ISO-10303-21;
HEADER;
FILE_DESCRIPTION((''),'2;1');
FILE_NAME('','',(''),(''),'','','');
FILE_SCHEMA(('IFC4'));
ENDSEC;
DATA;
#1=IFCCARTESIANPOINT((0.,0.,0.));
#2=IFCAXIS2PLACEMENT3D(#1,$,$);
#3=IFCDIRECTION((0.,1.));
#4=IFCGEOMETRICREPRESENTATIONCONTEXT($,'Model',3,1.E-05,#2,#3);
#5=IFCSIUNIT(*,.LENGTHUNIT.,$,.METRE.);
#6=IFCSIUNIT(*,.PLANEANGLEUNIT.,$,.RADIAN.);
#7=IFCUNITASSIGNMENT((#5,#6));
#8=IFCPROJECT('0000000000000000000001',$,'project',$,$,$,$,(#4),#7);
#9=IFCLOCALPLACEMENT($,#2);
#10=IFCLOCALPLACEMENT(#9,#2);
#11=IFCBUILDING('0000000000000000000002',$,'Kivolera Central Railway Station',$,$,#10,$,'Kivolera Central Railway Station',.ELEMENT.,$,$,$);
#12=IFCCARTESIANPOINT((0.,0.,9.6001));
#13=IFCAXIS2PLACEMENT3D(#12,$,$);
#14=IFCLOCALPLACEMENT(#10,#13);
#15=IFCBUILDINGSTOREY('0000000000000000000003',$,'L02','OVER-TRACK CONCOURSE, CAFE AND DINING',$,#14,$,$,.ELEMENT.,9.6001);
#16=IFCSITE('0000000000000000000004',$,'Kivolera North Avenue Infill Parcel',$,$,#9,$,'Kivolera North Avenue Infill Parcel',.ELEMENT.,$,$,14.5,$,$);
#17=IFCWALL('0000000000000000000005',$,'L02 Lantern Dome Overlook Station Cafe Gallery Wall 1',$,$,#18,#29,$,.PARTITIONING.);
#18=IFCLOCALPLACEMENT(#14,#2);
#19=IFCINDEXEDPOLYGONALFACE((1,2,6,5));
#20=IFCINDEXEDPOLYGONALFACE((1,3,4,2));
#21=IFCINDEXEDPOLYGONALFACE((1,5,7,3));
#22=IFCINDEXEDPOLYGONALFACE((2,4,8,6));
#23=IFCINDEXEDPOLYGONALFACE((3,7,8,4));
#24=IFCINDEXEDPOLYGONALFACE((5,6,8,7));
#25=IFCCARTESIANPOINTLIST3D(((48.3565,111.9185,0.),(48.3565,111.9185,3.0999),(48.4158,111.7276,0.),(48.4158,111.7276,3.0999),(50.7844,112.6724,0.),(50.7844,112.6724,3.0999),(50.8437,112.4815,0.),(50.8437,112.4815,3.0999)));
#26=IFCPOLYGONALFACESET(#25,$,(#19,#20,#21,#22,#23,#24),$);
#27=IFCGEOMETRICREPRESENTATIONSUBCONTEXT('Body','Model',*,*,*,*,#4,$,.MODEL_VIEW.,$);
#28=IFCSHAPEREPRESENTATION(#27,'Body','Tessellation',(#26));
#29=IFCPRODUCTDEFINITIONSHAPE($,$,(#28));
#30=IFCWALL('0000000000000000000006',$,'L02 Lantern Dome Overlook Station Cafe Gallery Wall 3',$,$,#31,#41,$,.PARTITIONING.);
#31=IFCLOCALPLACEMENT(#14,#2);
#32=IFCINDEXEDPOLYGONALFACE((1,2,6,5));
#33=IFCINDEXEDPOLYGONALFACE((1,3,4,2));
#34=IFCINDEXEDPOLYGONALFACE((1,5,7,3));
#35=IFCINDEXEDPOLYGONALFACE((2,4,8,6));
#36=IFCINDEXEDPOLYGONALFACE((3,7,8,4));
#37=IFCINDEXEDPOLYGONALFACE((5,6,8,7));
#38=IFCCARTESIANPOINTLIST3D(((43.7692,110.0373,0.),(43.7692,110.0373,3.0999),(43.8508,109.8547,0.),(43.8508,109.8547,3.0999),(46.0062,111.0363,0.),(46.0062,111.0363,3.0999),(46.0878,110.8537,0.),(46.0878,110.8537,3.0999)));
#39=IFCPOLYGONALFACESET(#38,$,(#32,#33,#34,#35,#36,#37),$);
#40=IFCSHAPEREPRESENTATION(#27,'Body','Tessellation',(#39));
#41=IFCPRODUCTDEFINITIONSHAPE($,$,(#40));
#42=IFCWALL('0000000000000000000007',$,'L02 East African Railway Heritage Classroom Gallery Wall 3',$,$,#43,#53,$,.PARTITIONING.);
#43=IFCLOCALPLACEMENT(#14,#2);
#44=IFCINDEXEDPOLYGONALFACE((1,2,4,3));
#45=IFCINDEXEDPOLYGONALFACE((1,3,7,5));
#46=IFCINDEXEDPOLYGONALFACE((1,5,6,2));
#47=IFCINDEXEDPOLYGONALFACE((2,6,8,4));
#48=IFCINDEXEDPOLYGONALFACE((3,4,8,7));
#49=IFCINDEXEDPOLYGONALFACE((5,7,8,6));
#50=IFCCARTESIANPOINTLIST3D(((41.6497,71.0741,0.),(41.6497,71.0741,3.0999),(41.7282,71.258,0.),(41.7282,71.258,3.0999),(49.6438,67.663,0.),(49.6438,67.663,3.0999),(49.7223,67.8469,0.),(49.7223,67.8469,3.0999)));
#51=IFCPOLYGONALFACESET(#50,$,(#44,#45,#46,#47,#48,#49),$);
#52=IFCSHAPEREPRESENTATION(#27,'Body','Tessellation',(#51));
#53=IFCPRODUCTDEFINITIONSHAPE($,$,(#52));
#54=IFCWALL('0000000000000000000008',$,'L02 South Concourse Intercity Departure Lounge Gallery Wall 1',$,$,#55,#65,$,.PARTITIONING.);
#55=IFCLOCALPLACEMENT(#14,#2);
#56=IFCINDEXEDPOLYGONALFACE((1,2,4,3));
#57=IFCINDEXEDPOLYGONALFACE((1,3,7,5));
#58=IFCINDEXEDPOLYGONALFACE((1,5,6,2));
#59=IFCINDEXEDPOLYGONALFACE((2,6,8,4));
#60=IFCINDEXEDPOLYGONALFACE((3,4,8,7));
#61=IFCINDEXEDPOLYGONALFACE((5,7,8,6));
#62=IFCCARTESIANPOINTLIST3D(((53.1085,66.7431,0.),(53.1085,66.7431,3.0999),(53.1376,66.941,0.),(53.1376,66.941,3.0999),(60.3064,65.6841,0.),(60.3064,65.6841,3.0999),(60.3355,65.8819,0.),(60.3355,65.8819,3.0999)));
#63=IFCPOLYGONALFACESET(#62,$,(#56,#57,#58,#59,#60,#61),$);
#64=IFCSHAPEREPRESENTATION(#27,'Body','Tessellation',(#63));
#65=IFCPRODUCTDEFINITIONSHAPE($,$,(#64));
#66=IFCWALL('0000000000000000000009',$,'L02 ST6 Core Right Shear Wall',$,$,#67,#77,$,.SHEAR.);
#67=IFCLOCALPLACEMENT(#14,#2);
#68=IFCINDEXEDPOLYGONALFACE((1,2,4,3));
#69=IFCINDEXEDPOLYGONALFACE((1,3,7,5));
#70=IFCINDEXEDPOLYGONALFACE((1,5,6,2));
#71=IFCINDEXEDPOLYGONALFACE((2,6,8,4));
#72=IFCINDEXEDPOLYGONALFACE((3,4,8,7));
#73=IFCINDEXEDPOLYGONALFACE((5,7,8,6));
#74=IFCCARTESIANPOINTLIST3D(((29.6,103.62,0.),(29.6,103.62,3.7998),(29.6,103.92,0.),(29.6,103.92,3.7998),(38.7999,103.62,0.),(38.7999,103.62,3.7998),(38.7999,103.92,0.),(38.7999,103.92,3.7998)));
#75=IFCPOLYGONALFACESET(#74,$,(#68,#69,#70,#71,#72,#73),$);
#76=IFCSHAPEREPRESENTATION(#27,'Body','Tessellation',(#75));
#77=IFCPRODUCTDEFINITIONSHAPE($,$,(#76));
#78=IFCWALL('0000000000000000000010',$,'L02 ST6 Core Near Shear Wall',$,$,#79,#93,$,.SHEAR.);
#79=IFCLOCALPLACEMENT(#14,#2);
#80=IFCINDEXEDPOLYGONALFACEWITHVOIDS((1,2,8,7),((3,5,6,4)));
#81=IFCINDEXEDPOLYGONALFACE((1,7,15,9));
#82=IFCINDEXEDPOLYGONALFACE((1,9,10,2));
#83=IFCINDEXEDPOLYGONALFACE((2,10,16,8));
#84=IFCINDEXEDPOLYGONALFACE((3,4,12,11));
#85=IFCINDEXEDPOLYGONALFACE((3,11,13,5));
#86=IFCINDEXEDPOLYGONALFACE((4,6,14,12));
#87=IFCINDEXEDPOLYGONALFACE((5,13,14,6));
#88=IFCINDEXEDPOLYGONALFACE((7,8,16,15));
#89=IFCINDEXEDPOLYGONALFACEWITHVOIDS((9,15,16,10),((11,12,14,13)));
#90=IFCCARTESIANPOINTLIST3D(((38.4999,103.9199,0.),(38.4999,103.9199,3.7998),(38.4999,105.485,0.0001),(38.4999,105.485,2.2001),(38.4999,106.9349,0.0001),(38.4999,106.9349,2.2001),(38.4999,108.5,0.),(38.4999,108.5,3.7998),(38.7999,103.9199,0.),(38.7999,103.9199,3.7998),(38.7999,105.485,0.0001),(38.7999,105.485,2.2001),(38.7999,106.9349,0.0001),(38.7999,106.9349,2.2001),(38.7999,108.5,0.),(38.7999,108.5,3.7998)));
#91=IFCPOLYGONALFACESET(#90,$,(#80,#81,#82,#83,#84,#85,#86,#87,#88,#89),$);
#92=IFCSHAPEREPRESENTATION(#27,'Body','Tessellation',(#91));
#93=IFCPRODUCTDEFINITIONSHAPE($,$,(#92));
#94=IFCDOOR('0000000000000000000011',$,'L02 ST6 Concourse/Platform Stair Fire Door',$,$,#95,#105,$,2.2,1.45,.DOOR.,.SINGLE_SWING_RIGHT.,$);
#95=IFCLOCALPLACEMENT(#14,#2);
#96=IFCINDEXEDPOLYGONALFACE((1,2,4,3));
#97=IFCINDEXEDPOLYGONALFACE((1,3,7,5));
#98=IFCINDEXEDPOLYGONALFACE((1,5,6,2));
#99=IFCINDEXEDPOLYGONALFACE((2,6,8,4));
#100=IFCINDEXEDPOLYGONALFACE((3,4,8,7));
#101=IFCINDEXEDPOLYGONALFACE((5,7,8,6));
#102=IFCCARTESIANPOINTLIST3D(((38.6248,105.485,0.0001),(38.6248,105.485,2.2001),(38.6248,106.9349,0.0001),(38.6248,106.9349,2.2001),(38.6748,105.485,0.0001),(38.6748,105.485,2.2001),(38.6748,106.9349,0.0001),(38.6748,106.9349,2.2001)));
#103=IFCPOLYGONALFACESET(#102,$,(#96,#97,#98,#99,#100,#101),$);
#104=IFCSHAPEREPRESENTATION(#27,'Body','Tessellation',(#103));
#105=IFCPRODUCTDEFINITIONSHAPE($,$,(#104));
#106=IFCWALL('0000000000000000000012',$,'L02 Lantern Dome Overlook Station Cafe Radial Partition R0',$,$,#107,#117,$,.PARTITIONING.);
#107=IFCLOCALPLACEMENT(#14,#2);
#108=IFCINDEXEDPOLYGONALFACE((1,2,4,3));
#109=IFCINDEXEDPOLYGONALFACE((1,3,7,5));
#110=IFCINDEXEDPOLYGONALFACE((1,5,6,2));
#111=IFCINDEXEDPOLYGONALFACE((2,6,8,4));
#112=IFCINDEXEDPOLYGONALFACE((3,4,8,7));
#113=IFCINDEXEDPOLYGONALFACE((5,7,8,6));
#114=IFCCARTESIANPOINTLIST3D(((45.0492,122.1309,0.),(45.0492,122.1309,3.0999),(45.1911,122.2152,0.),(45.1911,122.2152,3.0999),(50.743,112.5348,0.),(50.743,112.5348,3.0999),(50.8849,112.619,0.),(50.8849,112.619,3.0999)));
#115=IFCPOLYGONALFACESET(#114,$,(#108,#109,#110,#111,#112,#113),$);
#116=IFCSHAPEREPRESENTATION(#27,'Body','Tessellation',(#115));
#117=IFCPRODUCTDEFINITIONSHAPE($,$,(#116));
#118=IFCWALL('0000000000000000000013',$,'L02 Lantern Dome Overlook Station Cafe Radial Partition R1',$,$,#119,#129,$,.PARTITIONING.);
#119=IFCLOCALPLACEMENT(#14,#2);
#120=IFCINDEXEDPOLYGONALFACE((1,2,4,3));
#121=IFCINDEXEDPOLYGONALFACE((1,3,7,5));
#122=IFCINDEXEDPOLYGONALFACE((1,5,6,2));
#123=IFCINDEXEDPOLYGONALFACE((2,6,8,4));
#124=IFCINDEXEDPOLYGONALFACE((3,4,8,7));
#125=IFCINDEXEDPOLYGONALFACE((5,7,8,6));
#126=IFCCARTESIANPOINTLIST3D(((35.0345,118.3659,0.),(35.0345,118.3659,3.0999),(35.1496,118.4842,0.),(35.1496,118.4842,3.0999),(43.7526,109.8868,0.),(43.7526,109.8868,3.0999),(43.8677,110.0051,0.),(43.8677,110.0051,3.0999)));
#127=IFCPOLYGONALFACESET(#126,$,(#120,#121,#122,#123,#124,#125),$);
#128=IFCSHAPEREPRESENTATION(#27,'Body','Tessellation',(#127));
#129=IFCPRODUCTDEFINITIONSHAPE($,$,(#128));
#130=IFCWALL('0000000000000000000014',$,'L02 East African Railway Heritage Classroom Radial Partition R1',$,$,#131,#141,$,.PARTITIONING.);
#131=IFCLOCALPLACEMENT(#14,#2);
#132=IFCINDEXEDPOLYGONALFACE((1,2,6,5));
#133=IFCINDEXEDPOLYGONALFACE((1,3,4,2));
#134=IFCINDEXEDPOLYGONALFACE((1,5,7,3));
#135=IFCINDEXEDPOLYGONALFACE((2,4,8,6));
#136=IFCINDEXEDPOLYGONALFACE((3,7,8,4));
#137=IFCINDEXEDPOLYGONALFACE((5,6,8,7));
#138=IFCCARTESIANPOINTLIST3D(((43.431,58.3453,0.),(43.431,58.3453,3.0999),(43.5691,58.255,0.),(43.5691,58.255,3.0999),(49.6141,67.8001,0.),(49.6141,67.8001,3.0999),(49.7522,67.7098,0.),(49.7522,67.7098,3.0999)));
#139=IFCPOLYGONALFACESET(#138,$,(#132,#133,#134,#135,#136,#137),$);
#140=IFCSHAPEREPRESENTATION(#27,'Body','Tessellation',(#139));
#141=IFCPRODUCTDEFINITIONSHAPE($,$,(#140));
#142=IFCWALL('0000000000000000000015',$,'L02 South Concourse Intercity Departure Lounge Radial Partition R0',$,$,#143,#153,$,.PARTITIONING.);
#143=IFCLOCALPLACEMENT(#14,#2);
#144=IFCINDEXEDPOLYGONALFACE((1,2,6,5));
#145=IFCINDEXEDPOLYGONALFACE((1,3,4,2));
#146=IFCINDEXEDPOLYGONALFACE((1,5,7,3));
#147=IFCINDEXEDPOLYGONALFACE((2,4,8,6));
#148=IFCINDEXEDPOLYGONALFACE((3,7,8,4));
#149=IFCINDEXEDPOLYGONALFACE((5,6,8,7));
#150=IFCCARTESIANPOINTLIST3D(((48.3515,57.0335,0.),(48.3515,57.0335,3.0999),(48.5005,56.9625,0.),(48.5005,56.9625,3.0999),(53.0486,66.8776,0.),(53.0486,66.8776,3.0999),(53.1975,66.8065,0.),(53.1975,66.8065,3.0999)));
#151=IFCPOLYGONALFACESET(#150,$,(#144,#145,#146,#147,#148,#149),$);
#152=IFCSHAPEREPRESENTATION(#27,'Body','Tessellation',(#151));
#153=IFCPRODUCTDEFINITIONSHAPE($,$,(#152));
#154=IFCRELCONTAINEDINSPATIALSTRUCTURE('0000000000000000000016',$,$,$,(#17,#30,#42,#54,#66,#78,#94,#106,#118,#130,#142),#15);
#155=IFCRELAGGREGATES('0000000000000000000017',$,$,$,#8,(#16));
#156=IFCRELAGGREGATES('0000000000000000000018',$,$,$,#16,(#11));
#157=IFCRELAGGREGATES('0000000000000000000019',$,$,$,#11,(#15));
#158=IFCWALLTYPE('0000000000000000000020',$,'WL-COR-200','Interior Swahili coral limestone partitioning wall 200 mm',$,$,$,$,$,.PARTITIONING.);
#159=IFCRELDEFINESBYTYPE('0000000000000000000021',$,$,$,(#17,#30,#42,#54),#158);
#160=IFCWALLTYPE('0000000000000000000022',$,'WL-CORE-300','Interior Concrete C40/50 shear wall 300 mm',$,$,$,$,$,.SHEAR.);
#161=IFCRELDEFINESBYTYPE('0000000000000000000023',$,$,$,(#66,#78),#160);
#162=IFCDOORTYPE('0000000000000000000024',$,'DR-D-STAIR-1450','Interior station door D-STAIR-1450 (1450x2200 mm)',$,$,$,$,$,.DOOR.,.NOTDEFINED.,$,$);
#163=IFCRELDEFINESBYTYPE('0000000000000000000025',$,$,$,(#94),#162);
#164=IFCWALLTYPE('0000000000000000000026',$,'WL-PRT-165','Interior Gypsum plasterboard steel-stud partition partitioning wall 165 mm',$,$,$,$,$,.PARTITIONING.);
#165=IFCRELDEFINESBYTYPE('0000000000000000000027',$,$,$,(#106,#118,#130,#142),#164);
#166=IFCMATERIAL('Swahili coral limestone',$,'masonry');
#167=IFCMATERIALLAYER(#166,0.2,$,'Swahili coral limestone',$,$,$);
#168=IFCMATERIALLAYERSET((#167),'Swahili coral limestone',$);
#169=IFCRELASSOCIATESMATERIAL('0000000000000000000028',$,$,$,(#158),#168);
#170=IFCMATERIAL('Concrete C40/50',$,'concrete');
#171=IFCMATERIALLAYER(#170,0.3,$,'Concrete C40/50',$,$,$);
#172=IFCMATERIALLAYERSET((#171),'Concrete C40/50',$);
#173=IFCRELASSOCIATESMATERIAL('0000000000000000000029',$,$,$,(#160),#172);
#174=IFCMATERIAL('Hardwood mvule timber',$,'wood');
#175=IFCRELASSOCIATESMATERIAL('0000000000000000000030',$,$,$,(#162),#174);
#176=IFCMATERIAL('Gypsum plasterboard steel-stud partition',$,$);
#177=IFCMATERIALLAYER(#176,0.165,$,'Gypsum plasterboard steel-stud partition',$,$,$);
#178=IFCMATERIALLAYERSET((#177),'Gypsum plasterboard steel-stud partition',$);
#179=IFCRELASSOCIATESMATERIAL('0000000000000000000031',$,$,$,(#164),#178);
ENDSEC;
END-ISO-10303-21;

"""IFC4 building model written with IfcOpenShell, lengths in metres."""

from ifc_helpers import new_model, si_unit, direction, frame, frame_2d, origin, place, context, subcontext, project, spatial, rectangle, extrude, material, layer, layer_set, type_object, element, fill, save


model = new_model("IFC4")

# Units and contexts
model_context = context("Model", 3, precision=1e-05, world=origin(), true_north=direction((0.0, 1.0)))
body_context = subcontext(model_context, "Body", "Model", "MODEL_VIEW")
ifc_project = project(units=[si_unit("LENGTHUNIT", "METRE"), si_unit("PLANEANGLEUNIT", "RADIAN")], contexts=[model_context])

# Site, building, storey
site_placement = place(None, origin())
site = spatial("IfcSite", under=ifc_project, at=site_placement, Name="Kivolera North Avenue Infill Parcel", LongName="Kivolera North Avenue Infill Parcel", CompositionType="ELEMENT", RefElevation=14.5)
building_placement = place(site_placement, origin())
building = spatial("IfcBuilding", under=site, at=building_placement, Name="Kivolera Central Railway Station", LongName="Kivolera Central Railway Station", CompositionType="ELEMENT")
storey_placement = place(building_placement, frame((0.0, 0.0, 9.6001)))
storey = spatial("IfcBuildingStorey", under=building, at=storey_placement, Name="L02", Description="OVER-TRACK CONCOURSE, CAFE AND DINING", CompositionType="ELEMENT", Elevation=9.6001)

# Wall
ifc_material_1 = material(Name="Swahili coral limestone", Category="masonry")
ifc_layer_1 = layer(ifc_material_1, 0.2, Name="Swahili coral limestone")
ifc_layer_set_1 = layer_set([ifc_layer_1], Name="Swahili coral limestone")
wall_type_1 = type_object("IfcWallType", Name="WL-COR-200", Description="Interior Swahili coral limestone partitioning wall 200 mm", PredefinedType="PARTITIONING", material=ifc_layer_set_1)
wall_1_placement = place(storey_placement, frame((50.814, 112.5769, 0.0), z_axis=(0.0, 0.0, 1.0), x_axis=(-0.95502, -0.296541, 0.0)))
element("IfcWall", 1, at=wall_1_placement, inside=storey, type_object=wall_type_1, Name="L02 Lantern Dome Overlook Station Cafe Gallery Wall 1", PredefinedType="PARTITIONING", context=body_context, shape_type="SweptSolid", body=[
    extrude(rectangle(XDim=2.5422, YDim=0.2, at=frame_2d((1.271, 0.0))), origin(), (0.0, 0.0, 1.0), 3.0999),
])

# Walls
wall_2_placement = place(storey_placement, frame((46.0471, 110.9451, 0.0), z_axis=(0.0, 0.0, 1.0), x_axis=(-0.913087, -0.407765, 0.0)))
element("IfcWall", 2, at=wall_2_placement, inside=storey, type_object=wall_type_1, Name="L02 Lantern Dome Overlook Station Cafe Gallery Wall 3", PredefinedType="PARTITIONING", context=body_context, shape_type="SweptSolid", body=[
    extrude(rectangle(XDim=2.45, YDim=0.2, at=frame_2d((1.2251, 0.0))), origin(), (0.0, 0.0, 1.0), 3.0999),
])
wall_3_placement = place(storey_placement, frame((41.689, 71.166, 0.0), z_axis=(0.0, 0.0, 1.0), x_axis=(0.919766, -0.392468, 0.0)))
element("IfcWall", 3, at=wall_3_placement, inside=storey, type_object=wall_type_1, Name="L02 East African Railway Heritage Classroom Gallery Wall 3", PredefinedType="PARTITIONING", context=body_context, shape_type="SweptSolid", body=[
    extrude(rectangle(XDim=8.6914, YDim=0.2, at=frame_2d((4.3457, 0.0))), origin(), (0.0, 0.0, 1.0), 3.0999),
])
wall_4_placement = place(storey_placement, frame((53.123, 66.842, 0.0), z_axis=(0.0, 0.0, 1.0), x_axis=(0.989348, -0.145568, 0.0)))
element("IfcWall", 4, at=wall_4_placement, inside=storey, type_object=wall_type_1, Name="L02 South Concourse Intercity Departure Lounge Gallery Wall 1", PredefinedType="PARTITIONING", context=body_context, shape_type="SweptSolid", body=[
    extrude(rectangle(XDim=7.2754, YDim=0.2, at=frame_2d((3.6377, 0.0))), origin(), (0.0, 0.0, 1.0), 3.0999),
])
ifc_material_2 = material(Name="Concrete C40/50", Category="concrete")
ifc_layer_2 = layer(ifc_material_2, 0.3, Name="Concrete C40/50")
ifc_layer_set_2 = layer_set([ifc_layer_2], Name="Concrete C40/50")
wall_type_2 = type_object("IfcWallType", Name="WL-CORE-300", Description="Interior Concrete C40/50 shear wall 300 mm", PredefinedType="SHEAR", material=ifc_layer_set_2)
wall_5_placement = place(storey_placement, frame((38.8, 103.77, 0.0), z_axis=(0.0, 0.0, 1.0), x_axis=(-1.0, 0.0, 0.0)))
element("IfcWall", 5, at=wall_5_placement, inside=storey, type_object=wall_type_2, Name="L02 ST6 Core Right Shear Wall", PredefinedType="SHEAR", context=body_context, shape_type="SweptSolid", body=[
    extrude(rectangle(XDim=9.2, YDim=0.3, at=frame_2d((4.6001, 0.0))), origin(), (0.0, 0.0, 1.0), 3.7998),
])

# Wall, opening, door
wall_6_placement = place(storey_placement, frame((38.6499, 108.5, 0.0), z_axis=(0.0, 0.0, 1.0), x_axis=(0.0, -1.0, 0.0)))
wall_6 = element("IfcWall", 6, at=wall_6_placement, inside=storey, type_object=wall_type_2, Name="L02 ST6 Core Near Shear Wall", PredefinedType="SHEAR", context=body_context, shape_type="SweptSolid", body=[
    extrude(rectangle(XDim=4.5801, YDim=0.3, at=frame_2d((2.29, 0.0))), origin(), (0.0, 0.0, 1.0), 3.7998),
])
opening_1_placement = place(wall_6_placement, frame((1.5649, 0.0, 0.0)))
opening_1 = element("IfcOpeningElement", 7, at=opening_1_placement, cuts=wall_6, PredefinedType="OPENING", context=body_context, shape_type="SweptSolid", body=[
    extrude(rectangle(XDim=1.45, YDim=2.2, at=frame_2d((0.7251, 1.1001))), frame((0.0, 0.1599, 0.0), z_axis=(0.0, -1.0, 0.0), x_axis=(1.0, 0.0, 0.0)), (0.0, 0.0, 1.0), 0.3201),
])
ifc_material_3 = material(Name="Hardwood mvule timber", Category="wood")
door_type_1 = type_object("IfcDoorType", Name="DR-D-STAIR-1450", Description="Interior station door D-STAIR-1450 (1450x2200 mm)", OperationType="NOTDEFINED", PredefinedType="DOOR", material=ifc_material_3)
door_1_placement = place(opening_1_placement, origin())
door_1 = element("IfcDoor", 8, at=door_1_placement, inside=storey, type_object=door_type_1, Name="L02 ST6 Concourse/Platform Stair Fire Door", OperationType="SINGLE_SWING_RIGHT", OverallHeight=2.2, OverallWidth=1.45, PredefinedType="DOOR", context=body_context, shape_type="SweptSolid", body=[
    extrude(rectangle(XDim=1.45, YDim=2.2, at=frame_2d((0.7251, 1.1001))), frame((0.0, 0.0249, 0.0), z_axis=(0.0, -1.0, 0.0), x_axis=(1.0, 0.0, 0.0)), (0.0, 0.0, 1.0), 0.05),
])
fill(opening_1, door_1)

# Walls
ifc_material_4 = material(Name="Gypsum plasterboard steel-stud partition")
ifc_layer_3 = layer(ifc_material_4, 0.165, Name="Gypsum plasterboard steel-stud partition")
ifc_layer_set_3 = layer_set([ifc_layer_3], Name="Gypsum plasterboard steel-stud partition")
wall_type_3 = type_object("IfcWallType", Name="WL-PRT-165", Description="Interior Gypsum plasterboard steel-stud partition partitioning wall 165 mm", PredefinedType="PARTITIONING", material=ifc_layer_set_3)
wall_7_placement = place(storey_placement, frame((50.814, 112.5769, 0.0), z_axis=(0.0, 0.0, 1.0), x_axis=(-0.510281, 0.860008, 0.0)))
element("IfcWall", 9, at=wall_7_placement, inside=storey, type_object=wall_type_3, Name="L02 Lantern Dome Overlook Station Cafe Radial Partition R0", PredefinedType="PARTITIONING", context=body_context, shape_type="SweptSolid", body=[
    extrude(rectangle(XDim=11.1582, YDim=0.165, at=frame_2d((5.5791, 0.0))), origin(), (0.0, 0.0, 1.0), 3.0999),
])
wall_8_placement = place(storey_placement, frame((43.8101, 109.946, 0.0), z_axis=(0.0, 0.0, 1.0), x_axis=(-0.716865, 0.697212, 0.0)))
element("IfcWall", 10, at=wall_8_placement, inside=storey, type_object=wall_type_3, Name="L02 Lantern Dome Overlook Station Cafe Radial Partition R1", PredefinedType="PARTITIONING", context=body_context, shape_type="SweptSolid", body=[
    extrude(rectangle(XDim=12.1614, YDim=0.165, at=frame_2d((6.0806, 0.0))), origin(), (0.0, 0.0, 1.0), 3.0999),
])
wall_9_placement = place(storey_placement, frame((49.6831, 67.7549, 0.0), z_axis=(0.0, 0.0, 1.0), x_axis=(-0.547317, -0.836925, 0.0)))
element("IfcWall", 11, at=wall_9_placement, inside=storey, type_object=wall_type_3, Name="L02 East African Railway Heritage Classroom Radial Partition R1", PredefinedType="PARTITIONING", context=body_context, shape_type="SweptSolid", body=[
    extrude(rectangle(XDim=11.2971, YDim=0.165, at=frame_2d((5.6484, 0.0))), origin(), (0.0, 0.0, 1.0), 3.0999),
])
wall_10_placement = place(storey_placement, frame((53.123, 66.842, 0.0), z_axis=(0.0, 0.0, 1.0), x_axis=(-0.430636, -0.902526, 0.0)))
element("IfcWall", 12, at=wall_10_placement, inside=storey, type_object=wall_type_3, Name="L02 South Concourse Intercity Departure Lounge Radial Partition R0", PredefinedType="PARTITIONING", context=body_context, shape_type="SweptSolid", body=[
    extrude(rectangle(XDim=10.9072, YDim=0.165, at=frame_2d((5.4536, 0.0))), origin(), (0.0, 0.0, 1.0), 3.0999),
])

save(model, "model.ifc")
